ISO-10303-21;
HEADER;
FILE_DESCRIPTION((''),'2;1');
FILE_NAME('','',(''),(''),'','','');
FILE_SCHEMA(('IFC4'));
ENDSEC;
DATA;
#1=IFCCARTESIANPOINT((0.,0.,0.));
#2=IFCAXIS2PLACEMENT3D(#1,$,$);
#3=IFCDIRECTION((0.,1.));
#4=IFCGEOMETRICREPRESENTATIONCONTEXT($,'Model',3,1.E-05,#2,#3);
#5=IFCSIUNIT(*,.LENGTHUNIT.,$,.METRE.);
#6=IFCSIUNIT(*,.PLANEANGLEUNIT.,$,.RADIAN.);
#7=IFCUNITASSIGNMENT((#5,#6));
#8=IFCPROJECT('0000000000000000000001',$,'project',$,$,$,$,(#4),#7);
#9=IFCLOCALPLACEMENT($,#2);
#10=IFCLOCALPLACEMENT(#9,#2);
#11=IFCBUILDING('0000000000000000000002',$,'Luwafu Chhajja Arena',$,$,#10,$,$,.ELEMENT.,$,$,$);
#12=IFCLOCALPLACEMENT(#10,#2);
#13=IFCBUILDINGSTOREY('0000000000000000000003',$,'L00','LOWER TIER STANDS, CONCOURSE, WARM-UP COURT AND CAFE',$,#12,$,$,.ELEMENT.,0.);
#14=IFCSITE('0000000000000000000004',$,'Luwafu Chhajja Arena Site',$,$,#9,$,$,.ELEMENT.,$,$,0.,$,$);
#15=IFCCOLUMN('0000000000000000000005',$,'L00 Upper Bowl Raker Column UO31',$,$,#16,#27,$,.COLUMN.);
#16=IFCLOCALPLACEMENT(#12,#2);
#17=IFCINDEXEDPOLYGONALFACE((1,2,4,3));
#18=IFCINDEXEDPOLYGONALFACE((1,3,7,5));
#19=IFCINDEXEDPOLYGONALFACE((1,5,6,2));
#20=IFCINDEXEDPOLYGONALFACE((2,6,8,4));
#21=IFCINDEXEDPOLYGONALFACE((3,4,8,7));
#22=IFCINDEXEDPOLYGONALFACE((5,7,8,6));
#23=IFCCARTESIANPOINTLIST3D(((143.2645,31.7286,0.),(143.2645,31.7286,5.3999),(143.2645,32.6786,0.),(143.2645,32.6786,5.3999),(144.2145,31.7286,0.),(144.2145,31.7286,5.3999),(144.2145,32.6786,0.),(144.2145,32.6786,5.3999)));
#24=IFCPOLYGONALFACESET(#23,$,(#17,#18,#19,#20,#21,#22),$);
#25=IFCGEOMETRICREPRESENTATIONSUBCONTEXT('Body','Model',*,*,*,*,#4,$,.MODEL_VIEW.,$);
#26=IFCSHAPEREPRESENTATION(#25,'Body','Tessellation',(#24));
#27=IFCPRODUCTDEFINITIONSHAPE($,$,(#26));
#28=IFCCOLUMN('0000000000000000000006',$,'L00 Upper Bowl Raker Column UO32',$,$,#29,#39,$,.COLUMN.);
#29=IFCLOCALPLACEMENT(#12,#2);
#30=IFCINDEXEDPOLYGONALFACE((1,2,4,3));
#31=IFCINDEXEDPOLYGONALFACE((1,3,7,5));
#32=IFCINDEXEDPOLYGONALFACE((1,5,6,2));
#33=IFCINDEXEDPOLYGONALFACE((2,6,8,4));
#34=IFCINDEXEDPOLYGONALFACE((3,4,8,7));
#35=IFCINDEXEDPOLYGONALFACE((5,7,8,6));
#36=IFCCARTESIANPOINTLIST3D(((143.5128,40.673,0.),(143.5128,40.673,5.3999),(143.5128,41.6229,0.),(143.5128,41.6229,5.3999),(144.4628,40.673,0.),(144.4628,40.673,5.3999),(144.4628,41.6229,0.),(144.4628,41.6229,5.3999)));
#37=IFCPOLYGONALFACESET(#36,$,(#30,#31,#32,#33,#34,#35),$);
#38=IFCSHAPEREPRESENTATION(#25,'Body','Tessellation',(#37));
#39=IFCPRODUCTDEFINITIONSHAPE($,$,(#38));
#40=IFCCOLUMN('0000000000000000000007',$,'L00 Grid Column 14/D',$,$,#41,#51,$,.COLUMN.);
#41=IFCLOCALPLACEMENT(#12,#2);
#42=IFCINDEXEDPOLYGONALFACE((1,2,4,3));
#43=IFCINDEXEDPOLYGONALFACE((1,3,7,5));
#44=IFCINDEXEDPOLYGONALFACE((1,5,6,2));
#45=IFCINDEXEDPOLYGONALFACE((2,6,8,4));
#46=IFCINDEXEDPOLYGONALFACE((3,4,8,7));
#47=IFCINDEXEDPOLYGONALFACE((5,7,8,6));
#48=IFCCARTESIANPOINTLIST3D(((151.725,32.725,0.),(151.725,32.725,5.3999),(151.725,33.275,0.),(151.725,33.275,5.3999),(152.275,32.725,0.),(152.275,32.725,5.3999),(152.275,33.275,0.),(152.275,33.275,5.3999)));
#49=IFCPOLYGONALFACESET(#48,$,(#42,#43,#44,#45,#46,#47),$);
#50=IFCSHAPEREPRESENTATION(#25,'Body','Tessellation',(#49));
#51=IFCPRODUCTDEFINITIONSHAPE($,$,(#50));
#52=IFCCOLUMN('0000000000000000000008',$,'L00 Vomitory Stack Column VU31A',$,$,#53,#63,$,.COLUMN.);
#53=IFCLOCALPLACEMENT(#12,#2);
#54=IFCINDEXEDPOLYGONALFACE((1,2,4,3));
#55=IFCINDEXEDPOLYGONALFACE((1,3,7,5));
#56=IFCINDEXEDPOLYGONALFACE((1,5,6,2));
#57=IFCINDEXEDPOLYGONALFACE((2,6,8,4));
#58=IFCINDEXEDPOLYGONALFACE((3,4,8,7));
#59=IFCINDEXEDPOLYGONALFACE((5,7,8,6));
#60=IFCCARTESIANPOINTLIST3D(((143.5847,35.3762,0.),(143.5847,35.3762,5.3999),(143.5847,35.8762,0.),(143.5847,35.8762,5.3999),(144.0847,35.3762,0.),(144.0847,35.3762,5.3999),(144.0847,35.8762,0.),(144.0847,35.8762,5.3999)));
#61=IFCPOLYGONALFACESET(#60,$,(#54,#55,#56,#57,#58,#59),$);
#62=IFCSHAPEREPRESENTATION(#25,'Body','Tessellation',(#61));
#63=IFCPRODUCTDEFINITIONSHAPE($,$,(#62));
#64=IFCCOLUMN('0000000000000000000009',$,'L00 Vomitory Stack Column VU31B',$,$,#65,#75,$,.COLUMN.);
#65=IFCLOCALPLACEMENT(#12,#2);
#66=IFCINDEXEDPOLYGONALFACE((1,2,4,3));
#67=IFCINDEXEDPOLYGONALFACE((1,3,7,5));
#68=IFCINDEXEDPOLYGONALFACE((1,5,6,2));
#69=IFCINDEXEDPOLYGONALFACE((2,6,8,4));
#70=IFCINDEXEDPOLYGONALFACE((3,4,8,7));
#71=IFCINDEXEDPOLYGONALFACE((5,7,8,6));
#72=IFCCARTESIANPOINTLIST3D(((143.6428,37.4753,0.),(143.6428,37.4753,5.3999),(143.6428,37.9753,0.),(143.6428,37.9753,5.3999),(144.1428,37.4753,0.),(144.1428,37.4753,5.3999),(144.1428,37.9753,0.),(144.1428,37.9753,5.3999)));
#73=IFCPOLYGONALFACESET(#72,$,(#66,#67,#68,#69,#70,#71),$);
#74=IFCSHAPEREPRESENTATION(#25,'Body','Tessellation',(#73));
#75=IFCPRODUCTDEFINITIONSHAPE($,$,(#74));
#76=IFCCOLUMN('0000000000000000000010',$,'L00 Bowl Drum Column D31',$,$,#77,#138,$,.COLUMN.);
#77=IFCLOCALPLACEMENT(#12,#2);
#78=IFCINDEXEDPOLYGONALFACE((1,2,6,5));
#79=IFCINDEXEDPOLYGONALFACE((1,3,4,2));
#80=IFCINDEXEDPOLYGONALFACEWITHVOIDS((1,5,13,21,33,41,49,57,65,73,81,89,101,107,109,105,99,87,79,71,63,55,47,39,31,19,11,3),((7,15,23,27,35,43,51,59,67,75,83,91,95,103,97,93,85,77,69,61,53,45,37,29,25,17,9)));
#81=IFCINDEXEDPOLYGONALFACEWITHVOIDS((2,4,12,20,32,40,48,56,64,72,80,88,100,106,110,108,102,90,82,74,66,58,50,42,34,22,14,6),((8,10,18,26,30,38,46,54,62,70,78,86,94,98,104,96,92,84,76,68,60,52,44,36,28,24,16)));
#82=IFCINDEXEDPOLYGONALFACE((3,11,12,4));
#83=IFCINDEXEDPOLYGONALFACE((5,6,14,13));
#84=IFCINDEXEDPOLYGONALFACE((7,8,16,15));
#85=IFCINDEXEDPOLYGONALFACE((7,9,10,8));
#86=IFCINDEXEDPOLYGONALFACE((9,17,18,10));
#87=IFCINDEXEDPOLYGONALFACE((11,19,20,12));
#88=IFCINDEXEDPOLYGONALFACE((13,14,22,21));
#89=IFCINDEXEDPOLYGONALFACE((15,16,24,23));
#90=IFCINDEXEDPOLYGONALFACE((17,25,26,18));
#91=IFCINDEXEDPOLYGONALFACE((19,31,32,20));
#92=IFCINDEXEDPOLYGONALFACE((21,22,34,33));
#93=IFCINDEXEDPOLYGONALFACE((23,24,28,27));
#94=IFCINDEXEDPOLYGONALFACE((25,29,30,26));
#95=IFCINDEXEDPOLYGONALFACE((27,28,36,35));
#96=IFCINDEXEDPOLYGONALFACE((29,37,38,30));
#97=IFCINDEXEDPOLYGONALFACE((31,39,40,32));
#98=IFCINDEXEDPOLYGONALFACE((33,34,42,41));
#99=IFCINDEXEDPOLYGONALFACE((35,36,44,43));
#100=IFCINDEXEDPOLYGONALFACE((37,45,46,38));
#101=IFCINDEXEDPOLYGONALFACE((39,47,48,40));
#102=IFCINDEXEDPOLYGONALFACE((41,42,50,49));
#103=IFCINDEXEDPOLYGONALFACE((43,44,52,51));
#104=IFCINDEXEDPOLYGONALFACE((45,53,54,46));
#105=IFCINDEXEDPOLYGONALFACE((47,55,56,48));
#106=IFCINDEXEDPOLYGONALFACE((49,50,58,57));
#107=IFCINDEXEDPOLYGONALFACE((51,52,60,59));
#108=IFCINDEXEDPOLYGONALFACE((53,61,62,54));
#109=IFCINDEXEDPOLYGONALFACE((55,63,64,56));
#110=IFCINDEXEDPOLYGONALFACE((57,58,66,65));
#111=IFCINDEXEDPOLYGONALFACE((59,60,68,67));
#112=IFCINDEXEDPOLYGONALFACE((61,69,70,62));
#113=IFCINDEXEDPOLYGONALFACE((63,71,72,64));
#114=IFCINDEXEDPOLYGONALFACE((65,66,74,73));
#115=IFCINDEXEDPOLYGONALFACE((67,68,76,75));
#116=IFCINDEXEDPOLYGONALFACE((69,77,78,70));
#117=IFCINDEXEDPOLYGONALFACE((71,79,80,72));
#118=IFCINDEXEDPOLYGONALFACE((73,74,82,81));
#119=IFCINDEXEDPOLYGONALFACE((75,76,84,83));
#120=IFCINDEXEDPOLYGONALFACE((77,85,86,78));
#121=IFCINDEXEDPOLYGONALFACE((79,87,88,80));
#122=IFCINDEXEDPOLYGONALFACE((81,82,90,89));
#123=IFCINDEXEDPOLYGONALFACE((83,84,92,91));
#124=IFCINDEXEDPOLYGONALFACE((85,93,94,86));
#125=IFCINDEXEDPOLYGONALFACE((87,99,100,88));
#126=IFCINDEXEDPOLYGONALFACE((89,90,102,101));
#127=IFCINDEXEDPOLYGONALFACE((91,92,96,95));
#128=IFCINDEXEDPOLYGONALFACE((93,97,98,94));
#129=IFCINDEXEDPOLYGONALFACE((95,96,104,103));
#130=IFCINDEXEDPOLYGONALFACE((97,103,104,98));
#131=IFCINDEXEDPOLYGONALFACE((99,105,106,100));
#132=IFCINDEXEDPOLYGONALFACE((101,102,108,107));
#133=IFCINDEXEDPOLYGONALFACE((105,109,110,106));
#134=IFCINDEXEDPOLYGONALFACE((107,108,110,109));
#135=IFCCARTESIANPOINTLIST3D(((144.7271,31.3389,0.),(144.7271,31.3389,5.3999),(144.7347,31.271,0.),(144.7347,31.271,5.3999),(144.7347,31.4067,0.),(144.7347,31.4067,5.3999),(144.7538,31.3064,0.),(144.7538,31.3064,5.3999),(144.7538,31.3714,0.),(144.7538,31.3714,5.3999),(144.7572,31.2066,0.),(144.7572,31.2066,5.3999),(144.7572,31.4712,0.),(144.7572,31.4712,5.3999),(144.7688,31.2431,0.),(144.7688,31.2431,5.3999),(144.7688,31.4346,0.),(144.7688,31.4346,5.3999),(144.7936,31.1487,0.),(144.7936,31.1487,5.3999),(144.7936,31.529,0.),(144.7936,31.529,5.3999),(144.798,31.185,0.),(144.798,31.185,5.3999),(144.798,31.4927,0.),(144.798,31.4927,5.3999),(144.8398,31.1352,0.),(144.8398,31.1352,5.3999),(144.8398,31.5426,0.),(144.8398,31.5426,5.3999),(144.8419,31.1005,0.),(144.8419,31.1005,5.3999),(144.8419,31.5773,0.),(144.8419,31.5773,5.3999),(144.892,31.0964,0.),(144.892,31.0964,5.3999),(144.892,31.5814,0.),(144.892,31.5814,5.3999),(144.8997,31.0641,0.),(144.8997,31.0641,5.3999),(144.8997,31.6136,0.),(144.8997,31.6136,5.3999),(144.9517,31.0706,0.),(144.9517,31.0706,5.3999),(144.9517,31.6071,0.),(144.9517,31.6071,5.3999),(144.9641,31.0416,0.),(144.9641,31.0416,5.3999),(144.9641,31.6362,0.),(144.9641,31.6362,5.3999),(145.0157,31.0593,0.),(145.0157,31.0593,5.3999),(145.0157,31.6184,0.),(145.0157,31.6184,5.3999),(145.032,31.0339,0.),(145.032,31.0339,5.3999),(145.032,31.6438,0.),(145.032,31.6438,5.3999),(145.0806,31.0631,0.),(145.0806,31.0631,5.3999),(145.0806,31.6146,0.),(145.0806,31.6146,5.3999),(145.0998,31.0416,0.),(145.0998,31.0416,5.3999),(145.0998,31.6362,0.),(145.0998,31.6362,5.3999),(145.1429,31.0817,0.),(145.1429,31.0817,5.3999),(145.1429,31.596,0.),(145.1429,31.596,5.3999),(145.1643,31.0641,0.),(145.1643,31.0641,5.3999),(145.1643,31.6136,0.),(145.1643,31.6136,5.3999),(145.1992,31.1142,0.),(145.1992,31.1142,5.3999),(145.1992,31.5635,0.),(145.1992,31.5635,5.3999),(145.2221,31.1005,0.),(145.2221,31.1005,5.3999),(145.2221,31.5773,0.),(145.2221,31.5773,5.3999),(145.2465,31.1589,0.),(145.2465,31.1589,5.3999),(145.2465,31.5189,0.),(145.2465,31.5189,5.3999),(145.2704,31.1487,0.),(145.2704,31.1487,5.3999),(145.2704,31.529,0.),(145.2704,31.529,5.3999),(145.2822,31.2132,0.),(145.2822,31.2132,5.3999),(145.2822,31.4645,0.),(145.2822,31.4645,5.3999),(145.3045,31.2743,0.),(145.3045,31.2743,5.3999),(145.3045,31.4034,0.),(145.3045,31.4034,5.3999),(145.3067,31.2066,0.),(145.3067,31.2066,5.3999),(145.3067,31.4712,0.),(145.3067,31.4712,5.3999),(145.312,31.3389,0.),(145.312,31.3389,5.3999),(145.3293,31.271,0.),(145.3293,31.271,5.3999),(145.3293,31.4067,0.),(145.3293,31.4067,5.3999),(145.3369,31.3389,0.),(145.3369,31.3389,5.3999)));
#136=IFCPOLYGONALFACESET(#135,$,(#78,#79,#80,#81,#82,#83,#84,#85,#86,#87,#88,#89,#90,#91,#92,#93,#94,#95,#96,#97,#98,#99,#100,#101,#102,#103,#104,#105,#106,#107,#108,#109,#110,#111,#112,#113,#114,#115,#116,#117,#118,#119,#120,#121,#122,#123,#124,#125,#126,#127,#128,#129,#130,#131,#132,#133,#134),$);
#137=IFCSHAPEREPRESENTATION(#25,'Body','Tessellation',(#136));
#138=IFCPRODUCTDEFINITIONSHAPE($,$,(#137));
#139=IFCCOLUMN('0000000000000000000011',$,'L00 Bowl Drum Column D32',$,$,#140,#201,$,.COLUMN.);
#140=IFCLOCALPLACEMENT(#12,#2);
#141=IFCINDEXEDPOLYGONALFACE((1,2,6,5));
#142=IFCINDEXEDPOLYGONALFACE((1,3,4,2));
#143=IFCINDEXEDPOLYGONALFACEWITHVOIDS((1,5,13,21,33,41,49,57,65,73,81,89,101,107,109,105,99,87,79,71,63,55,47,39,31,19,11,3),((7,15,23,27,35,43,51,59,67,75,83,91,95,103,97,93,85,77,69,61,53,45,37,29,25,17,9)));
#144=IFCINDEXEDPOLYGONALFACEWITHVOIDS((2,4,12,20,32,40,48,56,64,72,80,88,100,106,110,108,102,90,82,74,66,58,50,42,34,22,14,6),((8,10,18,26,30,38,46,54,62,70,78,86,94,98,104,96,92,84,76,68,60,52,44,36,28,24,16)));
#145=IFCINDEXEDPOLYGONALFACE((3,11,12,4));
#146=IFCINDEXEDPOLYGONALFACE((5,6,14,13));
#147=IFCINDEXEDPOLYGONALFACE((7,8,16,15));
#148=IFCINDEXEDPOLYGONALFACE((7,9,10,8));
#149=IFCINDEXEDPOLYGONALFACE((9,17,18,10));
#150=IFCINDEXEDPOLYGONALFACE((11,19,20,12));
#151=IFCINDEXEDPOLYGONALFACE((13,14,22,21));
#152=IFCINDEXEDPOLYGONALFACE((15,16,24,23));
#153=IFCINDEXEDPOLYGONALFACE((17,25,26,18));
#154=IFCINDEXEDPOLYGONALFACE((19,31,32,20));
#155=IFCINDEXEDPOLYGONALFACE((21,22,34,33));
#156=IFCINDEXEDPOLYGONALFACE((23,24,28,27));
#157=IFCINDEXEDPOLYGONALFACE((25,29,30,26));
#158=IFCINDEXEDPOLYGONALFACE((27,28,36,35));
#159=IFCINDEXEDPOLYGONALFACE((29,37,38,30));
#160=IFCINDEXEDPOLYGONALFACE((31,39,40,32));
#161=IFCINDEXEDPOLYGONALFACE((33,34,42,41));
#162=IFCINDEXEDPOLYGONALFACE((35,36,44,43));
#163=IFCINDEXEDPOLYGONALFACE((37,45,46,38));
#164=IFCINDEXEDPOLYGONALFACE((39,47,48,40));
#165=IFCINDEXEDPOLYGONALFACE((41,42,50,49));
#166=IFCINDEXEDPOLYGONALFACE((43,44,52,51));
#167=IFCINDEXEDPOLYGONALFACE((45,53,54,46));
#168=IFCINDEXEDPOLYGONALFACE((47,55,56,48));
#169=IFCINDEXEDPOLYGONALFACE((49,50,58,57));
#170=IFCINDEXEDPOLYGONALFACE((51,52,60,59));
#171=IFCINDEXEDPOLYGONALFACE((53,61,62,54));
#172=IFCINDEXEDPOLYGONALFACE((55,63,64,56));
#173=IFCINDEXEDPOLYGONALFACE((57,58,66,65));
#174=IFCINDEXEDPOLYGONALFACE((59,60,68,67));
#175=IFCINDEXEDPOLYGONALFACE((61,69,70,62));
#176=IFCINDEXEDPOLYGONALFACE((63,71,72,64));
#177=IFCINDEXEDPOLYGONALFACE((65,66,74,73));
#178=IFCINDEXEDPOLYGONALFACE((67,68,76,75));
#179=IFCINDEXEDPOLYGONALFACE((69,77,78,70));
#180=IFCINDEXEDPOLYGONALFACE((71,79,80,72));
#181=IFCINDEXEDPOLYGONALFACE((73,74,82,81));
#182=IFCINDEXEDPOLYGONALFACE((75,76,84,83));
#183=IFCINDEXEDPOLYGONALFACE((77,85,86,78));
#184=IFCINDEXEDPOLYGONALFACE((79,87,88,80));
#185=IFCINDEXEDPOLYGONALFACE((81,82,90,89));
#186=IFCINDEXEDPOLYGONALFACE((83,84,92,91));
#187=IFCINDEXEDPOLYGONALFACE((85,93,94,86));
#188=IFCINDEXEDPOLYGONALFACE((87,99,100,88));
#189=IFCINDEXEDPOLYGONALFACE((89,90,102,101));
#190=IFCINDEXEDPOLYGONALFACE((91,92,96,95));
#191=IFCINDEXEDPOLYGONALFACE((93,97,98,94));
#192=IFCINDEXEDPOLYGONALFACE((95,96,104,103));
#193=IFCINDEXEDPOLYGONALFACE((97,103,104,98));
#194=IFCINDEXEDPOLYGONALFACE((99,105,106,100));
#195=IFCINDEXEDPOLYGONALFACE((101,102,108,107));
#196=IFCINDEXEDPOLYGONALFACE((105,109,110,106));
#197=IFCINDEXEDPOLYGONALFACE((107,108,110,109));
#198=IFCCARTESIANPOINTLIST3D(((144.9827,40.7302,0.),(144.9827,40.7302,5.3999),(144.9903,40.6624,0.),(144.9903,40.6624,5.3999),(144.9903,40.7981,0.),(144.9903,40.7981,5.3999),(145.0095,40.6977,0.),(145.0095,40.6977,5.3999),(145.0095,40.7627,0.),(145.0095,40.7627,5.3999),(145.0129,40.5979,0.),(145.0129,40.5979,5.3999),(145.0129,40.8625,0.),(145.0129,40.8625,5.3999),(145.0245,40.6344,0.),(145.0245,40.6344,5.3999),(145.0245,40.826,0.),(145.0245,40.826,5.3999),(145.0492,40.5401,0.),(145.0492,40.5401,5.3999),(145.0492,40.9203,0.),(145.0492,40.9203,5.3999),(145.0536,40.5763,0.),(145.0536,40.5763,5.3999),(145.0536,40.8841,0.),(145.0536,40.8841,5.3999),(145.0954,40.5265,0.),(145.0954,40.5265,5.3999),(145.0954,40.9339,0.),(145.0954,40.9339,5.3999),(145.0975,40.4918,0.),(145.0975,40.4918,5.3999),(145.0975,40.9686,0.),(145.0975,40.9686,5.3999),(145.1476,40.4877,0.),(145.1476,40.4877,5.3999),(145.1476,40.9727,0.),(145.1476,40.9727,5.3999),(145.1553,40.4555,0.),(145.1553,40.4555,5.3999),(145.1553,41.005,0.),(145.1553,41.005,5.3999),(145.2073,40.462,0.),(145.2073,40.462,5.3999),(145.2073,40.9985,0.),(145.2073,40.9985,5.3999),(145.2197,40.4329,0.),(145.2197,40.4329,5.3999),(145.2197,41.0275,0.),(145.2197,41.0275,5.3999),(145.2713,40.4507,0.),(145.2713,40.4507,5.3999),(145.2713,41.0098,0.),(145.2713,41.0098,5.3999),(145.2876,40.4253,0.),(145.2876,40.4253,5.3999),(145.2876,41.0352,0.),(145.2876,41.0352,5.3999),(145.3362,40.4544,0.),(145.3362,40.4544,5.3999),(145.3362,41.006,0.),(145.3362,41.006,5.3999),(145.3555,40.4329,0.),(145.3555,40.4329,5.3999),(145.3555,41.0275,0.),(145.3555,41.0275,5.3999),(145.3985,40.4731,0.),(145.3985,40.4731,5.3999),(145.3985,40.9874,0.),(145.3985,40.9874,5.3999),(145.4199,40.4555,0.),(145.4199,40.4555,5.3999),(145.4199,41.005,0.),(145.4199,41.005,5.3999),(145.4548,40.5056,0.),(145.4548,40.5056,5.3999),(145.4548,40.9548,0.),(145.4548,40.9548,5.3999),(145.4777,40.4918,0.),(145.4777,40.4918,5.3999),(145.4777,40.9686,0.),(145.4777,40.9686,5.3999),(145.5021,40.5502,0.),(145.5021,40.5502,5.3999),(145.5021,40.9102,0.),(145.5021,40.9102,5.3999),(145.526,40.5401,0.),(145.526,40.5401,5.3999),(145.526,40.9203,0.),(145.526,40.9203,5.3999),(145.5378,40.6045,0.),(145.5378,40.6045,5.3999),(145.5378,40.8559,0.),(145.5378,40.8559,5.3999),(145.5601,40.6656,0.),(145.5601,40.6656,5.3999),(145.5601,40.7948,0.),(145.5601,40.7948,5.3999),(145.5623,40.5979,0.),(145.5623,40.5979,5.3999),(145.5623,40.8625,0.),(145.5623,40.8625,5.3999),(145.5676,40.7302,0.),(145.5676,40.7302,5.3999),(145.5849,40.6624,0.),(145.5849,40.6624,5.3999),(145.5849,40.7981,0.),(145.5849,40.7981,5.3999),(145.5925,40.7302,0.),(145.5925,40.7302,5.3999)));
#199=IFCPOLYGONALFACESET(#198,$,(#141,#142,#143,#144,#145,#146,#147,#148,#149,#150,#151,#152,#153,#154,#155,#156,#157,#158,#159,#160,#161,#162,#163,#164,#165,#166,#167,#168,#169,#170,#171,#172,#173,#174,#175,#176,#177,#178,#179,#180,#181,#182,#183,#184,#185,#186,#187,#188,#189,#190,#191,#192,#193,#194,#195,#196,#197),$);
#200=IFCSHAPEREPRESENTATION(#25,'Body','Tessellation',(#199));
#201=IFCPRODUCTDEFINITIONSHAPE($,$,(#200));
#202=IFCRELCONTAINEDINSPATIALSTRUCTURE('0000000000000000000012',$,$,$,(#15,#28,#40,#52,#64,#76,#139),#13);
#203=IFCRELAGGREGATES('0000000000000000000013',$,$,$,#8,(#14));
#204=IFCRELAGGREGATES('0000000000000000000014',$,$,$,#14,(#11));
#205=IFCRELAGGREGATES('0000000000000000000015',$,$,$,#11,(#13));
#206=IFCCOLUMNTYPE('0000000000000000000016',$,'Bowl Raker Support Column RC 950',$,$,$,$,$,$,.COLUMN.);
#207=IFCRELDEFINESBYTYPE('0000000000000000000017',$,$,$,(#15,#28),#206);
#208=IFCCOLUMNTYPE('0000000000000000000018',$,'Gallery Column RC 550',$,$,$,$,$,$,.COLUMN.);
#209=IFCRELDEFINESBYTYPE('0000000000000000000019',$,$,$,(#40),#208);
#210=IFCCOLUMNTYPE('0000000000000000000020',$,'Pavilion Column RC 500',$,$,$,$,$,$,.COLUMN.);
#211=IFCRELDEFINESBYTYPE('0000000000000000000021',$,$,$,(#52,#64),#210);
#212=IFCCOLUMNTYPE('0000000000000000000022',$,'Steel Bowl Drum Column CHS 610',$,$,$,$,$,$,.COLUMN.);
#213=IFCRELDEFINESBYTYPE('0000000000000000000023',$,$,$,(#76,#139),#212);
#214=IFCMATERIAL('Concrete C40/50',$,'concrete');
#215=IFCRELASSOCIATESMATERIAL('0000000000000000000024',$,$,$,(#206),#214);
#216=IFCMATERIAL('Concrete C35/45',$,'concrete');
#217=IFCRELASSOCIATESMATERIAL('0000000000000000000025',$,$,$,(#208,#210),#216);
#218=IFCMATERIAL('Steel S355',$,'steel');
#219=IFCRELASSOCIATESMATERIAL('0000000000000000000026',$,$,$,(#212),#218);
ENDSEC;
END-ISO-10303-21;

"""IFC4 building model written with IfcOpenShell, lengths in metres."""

from ifc_helpers import new_model, si_unit, direction, frame, origin, origin_2d, place, context, subcontext, project, spatial, rectangle, hollow_circle, extrude, material, material_profile, profile_set, type_object, element, save


model = new_model("IFC4")

# Units and contexts
model_context = context("Model", 3, precision=1e-05, world=origin(), true_north=direction((0.0, 1.0)))
body_context = subcontext(model_context, "Body", "Model", "MODEL_VIEW")
ifc_project = project(units=[si_unit("LENGTHUNIT", "METRE"), si_unit("PLANEANGLEUNIT", "RADIAN")], contexts=[model_context])

# Site, building, storey
site_placement = place(None, origin())
site = spatial("IfcSite", under=ifc_project, at=site_placement, Name="Luwafu Chhajja Arena Site", CompositionType="ELEMENT", RefElevation=0.0)
building_placement = place(site_placement, origin())
building = spatial("IfcBuilding", under=site, at=building_placement, Name="Luwafu Chhajja Arena", CompositionType="ELEMENT")
storey_placement = place(building_placement, origin())
storey = spatial("IfcBuildingStorey", under=building, at=storey_placement, Name="L00", Description="LOWER TIER STANDS, CONCOURSE, WARM-UP COURT AND CAFE", CompositionType="ELEMENT", Elevation=0.0)

# Columns
ifc_material_1 = material(Name="Concrete C40/50", Category="concrete")
ifc_material_profile_1 = material_profile(ifc_material_1, rectangle(XDim=0.95, YDim=0.95, at=origin_2d()), Name="RC 950x950")
ifc_profile_set_1 = profile_set([ifc_material_profile_1], Name="Concrete C40/50")
column_type_1 = type_object("IfcColumnType", Name="Bowl Raker Support Column RC 950", PredefinedType="COLUMN", material=ifc_profile_set_1)
for number, where, z_axis, x_axis, name in (
    (1, (143.7395, 32.2036, 0.0), (0.0, 0.0, 1.0), (1.0, 0.0, 0.0), "L00 Upper Bowl Raker Column UO31"),
    (2, (143.9878, 41.1479, 0.0), (0.0, 0.0, 1.0), (1.0, 0.0, 0.0), "L00 Upper Bowl Raker Column UO32"),
):
    element("IfcColumn", number, at=place(storey_placement, frame(where, z_axis=z_axis, x_axis=x_axis)), inside=storey, type_object=column_type_1, Name=name, PredefinedType="COLUMN", context=body_context, shape_type="SweptSolid", body=[
        extrude(rectangle(XDim=0.95, YDim=0.95, at=origin_2d()), origin(), (0.0, 0.0, 1.0), 5.3999),
    ])
ifc_material_2 = material(Name="Concrete C35/45", Category="concrete")
ifc_material_profile_2 = material_profile(ifc_material_2, rectangle(XDim=0.55, YDim=0.55, at=origin_2d()), Name="RC 550x550")
ifc_profile_set_2 = profile_set([ifc_material_profile_2], Name="Concrete C35/45")
column_type_2 = type_object("IfcColumnType", Name="Gallery Column RC 550", PredefinedType="COLUMN", material=ifc_profile_set_2)
column_1_placement = place(storey_placement, frame((152.0, 33.0, 0.0), z_axis=(0.0, 0.0, 1.0), x_axis=(1.0, 0.0, 0.0)))
element("IfcColumn", 3, at=column_1_placement, inside=storey, type_object=column_type_2, Name="L00 Grid Column 14/D", PredefinedType="COLUMN", context=body_context, shape_type="SweptSolid", body=[
    extrude(rectangle(XDim=0.55, YDim=0.55, at=origin_2d()), origin(), (0.0, 0.0, 1.0), 5.3999),
])
ifc_material_profile_3 = material_profile(ifc_material_2, rectangle(XDim=0.5, YDim=0.5, at=origin_2d()), Name="RC 500x500")
ifc_profile_set_3 = profile_set([ifc_material_profile_3], Name="Concrete C35/45")
column_type_3 = type_object("IfcColumnType", Name="Pavilion Column RC 500", PredefinedType="COLUMN", material=ifc_profile_set_3)
for number, where, z_axis, x_axis, name in (
    (4, (143.8347, 35.6262, 0.0), (0.0, 0.0, 1.0), (1.0, 0.0, 0.0), "L00 Vomitory Stack Column VU31A"),
    (5, (143.8928, 37.7253, 0.0), (0.0, 0.0, 1.0), (1.0, 0.0, 0.0), "L00 Vomitory Stack Column VU31B"),
):
    element("IfcColumn", number, at=place(storey_placement, frame(where, z_axis=z_axis, x_axis=x_axis)), inside=storey, type_object=column_type_3, Name=name, PredefinedType="COLUMN", context=body_context, shape_type="SweptSolid", body=[
        extrude(rectangle(XDim=0.5, YDim=0.5, at=origin_2d()), origin(), (0.0, 0.0, 1.0), 5.3999),
    ])
ifc_material_3 = material(Name="Steel S355", Category="steel")
ifc_material_profile_4 = material_profile(ifc_material_3, hollow_circle(Radius=0.3049, WallThickness=0.0249, at=origin_2d()), Name="CHS 610x25")
ifc_profile_set_4 = profile_set([ifc_material_profile_4], Name="Steel S355")
column_type_4 = type_object("IfcColumnType", Name="Steel Bowl Drum Column CHS 610", PredefinedType="COLUMN", material=ifc_profile_set_4)
for number, where, z_axis, x_axis, name in (
    (6, (145.032, 31.3389, 0.0), (0.0, 0.0, 1.0), (1.0, 0.0, 0.0), "L00 Bowl Drum Column D31"),
    (7, (145.2876, 40.7302, 0.0), (0.0, 0.0, 1.0), (1.0, 0.0, 0.0), "L00 Bowl Drum Column D32"),
):
    element("IfcColumn", number, at=place(storey_placement, frame(where, z_axis=z_axis, x_axis=x_axis)), inside=storey, type_object=column_type_4, Name=name, PredefinedType="COLUMN", context=body_context, shape_type="SweptSolid", body=[
        extrude(hollow_circle(Radius=0.3049, WallThickness=0.0249, at=origin_2d()), origin(), (0.0, 0.0, 1.0), 5.3999),
    ])

save(model, "model.ifc")
